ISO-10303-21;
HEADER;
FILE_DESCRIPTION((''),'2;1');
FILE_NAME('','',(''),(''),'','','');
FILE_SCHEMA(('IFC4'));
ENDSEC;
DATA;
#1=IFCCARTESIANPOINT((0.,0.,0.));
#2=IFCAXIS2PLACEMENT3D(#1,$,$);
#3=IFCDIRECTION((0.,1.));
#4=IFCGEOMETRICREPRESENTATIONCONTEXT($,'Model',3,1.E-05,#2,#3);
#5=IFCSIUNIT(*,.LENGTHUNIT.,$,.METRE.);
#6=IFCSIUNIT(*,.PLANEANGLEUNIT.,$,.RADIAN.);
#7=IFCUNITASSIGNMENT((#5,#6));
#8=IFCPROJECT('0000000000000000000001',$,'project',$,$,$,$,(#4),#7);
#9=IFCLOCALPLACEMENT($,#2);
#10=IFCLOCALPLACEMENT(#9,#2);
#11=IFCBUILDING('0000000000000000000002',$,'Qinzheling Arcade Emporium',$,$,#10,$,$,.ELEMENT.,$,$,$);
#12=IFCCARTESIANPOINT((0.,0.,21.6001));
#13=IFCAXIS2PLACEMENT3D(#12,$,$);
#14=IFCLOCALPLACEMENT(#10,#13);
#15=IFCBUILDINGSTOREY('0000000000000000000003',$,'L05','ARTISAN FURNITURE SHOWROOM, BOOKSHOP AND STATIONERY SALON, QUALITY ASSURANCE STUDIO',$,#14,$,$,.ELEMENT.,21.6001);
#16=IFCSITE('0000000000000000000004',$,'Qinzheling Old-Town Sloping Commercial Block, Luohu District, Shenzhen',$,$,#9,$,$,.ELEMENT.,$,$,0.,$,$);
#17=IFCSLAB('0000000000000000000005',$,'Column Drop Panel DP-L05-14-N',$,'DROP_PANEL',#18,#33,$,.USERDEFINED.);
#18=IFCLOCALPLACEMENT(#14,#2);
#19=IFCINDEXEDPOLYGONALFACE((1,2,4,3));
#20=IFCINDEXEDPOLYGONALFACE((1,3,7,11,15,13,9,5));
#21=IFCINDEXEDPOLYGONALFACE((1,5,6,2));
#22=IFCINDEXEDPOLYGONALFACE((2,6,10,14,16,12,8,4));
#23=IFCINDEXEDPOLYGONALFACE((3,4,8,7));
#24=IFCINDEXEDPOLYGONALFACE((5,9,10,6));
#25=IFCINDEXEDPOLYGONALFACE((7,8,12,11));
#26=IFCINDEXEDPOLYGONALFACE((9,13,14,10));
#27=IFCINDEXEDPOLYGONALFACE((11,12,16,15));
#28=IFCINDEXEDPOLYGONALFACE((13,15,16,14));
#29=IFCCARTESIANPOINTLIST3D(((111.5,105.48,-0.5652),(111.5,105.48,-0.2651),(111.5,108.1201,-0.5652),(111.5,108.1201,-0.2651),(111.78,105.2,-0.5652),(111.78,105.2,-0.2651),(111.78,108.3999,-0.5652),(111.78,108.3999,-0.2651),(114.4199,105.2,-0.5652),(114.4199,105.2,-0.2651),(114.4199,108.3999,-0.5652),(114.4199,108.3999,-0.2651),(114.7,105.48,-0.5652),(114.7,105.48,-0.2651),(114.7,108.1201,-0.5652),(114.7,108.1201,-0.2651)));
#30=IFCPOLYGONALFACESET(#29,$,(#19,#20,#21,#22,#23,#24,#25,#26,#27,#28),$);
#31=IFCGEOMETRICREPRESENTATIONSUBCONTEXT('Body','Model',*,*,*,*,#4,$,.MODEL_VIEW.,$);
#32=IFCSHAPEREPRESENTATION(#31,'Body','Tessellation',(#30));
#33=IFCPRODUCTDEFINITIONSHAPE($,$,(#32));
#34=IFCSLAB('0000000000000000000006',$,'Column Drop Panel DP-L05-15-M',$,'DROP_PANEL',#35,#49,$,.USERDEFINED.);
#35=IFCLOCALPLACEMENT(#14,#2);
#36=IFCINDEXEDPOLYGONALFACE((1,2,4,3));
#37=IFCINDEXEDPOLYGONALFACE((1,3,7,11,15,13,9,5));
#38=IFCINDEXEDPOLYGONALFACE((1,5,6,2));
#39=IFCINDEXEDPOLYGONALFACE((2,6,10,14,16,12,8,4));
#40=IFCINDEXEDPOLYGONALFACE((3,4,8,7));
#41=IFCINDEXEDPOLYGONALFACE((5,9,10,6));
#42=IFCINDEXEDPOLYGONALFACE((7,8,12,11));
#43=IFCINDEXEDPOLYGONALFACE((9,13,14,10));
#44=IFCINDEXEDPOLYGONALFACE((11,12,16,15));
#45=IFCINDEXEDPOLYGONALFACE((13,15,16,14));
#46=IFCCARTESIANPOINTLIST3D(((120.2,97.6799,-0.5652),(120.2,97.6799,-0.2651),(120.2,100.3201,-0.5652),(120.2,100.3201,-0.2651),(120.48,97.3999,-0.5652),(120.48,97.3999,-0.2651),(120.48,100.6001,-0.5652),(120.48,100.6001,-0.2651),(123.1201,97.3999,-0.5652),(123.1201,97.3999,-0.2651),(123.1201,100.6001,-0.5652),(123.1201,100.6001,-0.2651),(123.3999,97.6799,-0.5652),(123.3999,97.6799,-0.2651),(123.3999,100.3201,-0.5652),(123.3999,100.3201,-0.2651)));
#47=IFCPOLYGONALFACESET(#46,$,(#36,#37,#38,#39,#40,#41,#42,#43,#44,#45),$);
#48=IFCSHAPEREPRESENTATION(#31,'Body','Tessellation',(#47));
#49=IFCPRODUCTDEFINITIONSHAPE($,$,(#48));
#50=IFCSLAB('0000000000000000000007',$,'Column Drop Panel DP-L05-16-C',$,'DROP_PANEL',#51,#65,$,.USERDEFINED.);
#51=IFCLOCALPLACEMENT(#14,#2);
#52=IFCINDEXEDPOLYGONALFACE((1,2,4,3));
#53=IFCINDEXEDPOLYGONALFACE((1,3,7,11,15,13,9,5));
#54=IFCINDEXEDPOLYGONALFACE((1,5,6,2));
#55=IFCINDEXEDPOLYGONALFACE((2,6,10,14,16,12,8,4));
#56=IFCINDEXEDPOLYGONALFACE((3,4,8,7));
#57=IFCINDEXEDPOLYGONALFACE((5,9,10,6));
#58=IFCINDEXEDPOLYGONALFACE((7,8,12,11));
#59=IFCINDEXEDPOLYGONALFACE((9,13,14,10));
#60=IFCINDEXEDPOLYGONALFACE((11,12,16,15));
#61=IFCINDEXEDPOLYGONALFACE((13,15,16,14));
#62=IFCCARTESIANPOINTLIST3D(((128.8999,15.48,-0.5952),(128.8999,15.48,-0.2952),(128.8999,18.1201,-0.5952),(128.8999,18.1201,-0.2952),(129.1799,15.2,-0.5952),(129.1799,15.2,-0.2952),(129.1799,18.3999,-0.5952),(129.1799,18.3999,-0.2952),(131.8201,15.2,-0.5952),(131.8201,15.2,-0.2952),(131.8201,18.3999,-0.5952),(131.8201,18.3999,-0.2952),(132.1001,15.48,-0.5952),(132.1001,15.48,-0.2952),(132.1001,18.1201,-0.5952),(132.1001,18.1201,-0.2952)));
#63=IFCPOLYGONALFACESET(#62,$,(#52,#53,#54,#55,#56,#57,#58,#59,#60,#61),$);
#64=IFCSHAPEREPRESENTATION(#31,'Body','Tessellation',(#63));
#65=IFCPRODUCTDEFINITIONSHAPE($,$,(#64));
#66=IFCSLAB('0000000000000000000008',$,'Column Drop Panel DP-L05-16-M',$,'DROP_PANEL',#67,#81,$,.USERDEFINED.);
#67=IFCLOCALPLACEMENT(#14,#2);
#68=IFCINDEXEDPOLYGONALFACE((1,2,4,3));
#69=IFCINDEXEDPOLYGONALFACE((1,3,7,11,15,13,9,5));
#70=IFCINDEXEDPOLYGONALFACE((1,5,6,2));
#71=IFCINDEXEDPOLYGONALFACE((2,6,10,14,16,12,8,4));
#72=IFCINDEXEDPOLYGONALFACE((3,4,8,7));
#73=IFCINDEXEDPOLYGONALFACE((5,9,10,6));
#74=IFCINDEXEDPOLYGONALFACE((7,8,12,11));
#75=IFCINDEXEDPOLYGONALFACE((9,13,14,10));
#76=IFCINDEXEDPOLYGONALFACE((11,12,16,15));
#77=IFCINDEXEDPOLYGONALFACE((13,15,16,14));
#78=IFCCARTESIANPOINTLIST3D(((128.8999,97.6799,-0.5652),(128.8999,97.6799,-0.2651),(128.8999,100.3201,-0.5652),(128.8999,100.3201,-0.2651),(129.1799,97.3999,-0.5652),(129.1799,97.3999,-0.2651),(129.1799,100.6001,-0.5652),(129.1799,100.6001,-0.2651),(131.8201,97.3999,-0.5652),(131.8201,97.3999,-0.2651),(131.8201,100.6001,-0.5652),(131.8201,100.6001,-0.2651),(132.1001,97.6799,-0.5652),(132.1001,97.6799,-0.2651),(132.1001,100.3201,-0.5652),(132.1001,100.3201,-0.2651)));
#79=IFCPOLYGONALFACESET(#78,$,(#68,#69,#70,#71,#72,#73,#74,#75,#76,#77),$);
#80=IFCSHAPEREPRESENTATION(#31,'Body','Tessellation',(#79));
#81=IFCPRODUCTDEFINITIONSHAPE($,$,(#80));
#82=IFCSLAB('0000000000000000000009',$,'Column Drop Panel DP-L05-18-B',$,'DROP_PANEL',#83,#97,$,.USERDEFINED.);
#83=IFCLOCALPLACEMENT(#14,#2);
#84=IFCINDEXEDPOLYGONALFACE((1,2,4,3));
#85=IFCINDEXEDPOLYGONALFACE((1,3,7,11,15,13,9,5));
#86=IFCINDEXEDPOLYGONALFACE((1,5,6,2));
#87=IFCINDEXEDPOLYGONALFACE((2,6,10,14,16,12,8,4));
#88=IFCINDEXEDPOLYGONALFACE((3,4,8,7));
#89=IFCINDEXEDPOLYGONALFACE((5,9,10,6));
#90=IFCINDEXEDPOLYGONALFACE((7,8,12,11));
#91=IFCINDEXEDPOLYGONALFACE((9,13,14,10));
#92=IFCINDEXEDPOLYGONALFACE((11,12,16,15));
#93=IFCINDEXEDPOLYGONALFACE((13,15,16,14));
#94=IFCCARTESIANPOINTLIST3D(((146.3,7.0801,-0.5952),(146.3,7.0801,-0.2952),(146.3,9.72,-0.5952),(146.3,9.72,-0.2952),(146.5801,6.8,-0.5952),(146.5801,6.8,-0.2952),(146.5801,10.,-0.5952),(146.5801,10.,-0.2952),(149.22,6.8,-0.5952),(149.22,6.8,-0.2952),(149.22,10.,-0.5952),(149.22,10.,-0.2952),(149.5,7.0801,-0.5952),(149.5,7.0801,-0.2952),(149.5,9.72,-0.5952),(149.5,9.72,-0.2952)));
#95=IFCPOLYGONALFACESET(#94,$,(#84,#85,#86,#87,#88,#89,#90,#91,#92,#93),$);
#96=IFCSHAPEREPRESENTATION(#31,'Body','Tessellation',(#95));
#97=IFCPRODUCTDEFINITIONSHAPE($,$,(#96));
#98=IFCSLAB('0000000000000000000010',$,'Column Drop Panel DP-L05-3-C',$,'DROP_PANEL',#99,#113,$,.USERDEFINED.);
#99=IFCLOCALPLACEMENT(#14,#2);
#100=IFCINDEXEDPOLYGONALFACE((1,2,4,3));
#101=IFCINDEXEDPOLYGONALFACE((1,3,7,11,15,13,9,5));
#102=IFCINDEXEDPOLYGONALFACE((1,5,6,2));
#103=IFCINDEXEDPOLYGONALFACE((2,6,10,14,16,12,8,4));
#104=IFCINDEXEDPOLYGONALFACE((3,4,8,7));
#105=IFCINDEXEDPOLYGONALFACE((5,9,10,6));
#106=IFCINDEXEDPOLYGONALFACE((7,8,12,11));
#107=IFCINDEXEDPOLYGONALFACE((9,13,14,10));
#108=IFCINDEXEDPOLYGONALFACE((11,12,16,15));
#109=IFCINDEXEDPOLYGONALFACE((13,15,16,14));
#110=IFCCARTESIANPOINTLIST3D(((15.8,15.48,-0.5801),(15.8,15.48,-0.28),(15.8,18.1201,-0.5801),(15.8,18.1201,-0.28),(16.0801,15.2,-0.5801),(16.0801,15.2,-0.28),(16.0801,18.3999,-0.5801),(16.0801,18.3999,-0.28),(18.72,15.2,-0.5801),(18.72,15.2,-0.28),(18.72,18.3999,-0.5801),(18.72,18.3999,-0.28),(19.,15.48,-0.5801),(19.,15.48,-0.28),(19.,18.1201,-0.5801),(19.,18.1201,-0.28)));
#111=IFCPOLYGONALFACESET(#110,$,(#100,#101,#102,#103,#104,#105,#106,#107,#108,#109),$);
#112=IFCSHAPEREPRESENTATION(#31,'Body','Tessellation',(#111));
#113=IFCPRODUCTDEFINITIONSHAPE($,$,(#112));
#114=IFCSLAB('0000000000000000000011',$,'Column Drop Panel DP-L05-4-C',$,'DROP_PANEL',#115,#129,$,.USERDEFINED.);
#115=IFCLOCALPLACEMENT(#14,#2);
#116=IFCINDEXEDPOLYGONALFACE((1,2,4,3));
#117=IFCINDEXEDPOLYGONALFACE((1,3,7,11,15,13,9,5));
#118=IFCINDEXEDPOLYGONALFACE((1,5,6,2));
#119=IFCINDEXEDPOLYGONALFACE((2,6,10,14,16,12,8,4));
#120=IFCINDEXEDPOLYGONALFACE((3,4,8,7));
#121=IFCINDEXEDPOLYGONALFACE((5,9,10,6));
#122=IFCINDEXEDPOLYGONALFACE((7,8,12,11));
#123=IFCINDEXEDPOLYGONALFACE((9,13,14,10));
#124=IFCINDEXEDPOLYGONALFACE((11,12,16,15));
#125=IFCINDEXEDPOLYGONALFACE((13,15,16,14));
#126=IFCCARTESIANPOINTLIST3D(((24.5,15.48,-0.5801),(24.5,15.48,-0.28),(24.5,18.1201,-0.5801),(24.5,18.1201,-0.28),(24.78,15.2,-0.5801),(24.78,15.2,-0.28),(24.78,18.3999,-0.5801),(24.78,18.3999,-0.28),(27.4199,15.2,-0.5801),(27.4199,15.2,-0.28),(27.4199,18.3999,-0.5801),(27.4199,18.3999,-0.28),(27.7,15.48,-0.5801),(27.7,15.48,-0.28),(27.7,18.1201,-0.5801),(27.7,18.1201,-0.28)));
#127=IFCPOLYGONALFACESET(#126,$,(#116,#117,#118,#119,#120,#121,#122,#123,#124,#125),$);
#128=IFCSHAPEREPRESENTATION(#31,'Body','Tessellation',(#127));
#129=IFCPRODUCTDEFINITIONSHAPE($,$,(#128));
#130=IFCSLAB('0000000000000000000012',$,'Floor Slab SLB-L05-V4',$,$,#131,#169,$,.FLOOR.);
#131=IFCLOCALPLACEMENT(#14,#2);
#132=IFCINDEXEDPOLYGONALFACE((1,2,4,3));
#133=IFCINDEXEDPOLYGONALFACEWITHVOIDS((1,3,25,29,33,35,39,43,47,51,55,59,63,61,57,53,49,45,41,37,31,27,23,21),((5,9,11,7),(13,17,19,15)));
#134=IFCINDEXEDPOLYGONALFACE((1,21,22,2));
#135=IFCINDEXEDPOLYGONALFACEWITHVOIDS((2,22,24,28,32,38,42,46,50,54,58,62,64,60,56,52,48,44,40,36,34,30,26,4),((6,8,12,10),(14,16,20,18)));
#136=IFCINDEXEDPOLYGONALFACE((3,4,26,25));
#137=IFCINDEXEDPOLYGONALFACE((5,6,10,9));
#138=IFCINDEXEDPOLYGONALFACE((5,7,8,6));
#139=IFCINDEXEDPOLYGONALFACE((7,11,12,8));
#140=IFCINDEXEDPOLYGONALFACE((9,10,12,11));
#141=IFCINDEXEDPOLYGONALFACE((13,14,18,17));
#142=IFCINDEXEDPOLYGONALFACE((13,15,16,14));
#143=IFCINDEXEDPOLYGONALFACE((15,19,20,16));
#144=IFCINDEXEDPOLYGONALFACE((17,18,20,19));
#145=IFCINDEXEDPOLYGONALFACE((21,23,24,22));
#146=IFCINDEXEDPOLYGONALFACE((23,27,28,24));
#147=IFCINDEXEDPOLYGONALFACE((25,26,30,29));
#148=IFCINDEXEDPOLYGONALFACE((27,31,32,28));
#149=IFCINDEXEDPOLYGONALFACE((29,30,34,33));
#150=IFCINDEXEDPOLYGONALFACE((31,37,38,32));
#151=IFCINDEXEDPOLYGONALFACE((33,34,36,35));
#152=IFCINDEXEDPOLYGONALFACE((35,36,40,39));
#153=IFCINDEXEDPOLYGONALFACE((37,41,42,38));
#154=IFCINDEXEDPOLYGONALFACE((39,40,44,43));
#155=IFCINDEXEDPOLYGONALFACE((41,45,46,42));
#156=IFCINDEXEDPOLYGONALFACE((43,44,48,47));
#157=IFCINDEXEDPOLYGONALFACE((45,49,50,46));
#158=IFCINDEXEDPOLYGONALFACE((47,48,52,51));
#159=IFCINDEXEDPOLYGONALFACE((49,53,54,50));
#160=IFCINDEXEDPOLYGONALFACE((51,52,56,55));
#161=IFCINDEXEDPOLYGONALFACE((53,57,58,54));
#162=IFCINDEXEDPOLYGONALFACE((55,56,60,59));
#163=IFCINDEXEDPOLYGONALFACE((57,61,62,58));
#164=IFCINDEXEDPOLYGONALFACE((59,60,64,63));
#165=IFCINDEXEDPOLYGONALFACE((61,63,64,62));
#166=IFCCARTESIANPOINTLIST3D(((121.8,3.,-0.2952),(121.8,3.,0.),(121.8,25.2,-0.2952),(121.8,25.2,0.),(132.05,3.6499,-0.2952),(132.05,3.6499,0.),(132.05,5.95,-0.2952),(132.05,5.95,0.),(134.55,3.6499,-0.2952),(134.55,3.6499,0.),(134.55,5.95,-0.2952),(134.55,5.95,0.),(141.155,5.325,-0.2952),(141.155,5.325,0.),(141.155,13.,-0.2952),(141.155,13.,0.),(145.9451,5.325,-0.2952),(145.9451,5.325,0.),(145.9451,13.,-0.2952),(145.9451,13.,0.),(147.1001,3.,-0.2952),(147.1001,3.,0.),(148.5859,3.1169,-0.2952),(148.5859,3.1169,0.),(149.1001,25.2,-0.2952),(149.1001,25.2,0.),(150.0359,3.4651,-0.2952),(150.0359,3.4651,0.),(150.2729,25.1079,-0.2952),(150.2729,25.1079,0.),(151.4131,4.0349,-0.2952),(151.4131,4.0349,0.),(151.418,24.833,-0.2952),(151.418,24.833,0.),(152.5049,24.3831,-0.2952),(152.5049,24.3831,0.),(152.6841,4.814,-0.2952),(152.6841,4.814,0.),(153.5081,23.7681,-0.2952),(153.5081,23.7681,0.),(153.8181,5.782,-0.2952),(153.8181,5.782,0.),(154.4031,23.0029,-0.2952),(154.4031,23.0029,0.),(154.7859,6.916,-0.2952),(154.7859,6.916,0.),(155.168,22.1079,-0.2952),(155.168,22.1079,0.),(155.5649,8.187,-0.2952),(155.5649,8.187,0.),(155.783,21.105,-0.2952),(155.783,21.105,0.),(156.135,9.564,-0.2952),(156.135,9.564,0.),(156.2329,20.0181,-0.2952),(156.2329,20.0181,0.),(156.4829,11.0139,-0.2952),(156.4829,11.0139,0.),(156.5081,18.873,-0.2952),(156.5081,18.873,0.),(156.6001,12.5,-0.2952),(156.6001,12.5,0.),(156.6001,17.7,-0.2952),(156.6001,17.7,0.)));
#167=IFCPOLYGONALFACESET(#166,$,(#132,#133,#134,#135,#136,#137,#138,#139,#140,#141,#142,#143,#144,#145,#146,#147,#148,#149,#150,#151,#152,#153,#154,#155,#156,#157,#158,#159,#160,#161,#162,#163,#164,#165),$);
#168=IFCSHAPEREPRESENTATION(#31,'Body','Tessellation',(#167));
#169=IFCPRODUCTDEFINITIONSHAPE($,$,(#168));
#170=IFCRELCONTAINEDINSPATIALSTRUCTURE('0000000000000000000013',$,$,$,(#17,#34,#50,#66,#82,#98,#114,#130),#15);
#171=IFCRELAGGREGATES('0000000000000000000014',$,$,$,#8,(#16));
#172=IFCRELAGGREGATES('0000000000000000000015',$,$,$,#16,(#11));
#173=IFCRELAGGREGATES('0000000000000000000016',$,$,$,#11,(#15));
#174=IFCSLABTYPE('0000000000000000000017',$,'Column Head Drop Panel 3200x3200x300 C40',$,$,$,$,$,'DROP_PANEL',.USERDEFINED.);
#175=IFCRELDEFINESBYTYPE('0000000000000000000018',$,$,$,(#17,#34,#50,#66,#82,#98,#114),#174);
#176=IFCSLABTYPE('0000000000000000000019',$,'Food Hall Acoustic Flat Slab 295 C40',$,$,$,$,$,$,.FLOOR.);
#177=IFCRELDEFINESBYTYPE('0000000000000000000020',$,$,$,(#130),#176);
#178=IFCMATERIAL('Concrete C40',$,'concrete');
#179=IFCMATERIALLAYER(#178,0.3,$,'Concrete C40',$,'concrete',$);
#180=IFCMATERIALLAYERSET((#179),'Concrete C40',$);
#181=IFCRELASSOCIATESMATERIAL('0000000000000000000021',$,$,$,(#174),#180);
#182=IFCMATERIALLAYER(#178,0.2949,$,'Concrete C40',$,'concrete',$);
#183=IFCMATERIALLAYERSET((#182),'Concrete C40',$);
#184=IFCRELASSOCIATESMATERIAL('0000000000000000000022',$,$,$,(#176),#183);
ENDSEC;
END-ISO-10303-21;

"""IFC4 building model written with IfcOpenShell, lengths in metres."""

from ifc_helpers import new_model, si_unit, direction, frame, origin, place, context, subcontext, project, spatial, polyline, outline, extrude, material, layer, layer_set, type_object, element, save


model = new_model("IFC4")

# Units and contexts
model_context = context("Model", 3, precision=1e-05, world=origin(), true_north=direction((0.0, 1.0)))
body_context = subcontext(model_context, "Body", "Model", "MODEL_VIEW")
ifc_project = project(units=[si_unit("LENGTHUNIT", "METRE"), si_unit("PLANEANGLEUNIT", "RADIAN")], contexts=[model_context])

# Site, building, storey
site_placement = place(None, origin())
site = spatial("IfcSite", under=ifc_project, at=site_placement, Name="Qinzheling Old-Town Sloping Commercial Block, Luohu District, Shenzhen", CompositionType="ELEMENT", RefElevation=0.0)
building_placement = place(site_placement, origin())
building = spatial("IfcBuilding", under=site, at=building_placement, Name="Qinzheling Arcade Emporium", CompositionType="ELEMENT")
storey_placement = place(building_placement, frame((0.0, 0.0, 21.6001)))
storey = spatial("IfcBuildingStorey", under=building, at=storey_placement, Name="L05", Description="ARTISAN FURNITURE SHOWROOM, BOOKSHOP AND STATIONERY SALON, QUALITY ASSURANCE STUDIO", CompositionType="ELEMENT", Elevation=21.6001)

# Slabs
ifc_material = material(Name="Concrete C40", Category="concrete")
ifc_layer_1 = layer(ifc_material, 0.3, Name="Concrete C40", Category="concrete")
ifc_layer_set_1 = layer_set([ifc_layer_1], Name="Concrete C40")
slab_type_1 = type_object("IfcSlabType", Name="Column Head Drop Panel 3200x3200x300 C40", ElementType="DROP_PANEL", PredefinedType="USERDEFINED", material=ifc_layer_set_1)
slab_1_placement = place(storey_placement, frame((0.0, 0.0, -0.5652)))
element("IfcSlab", 1, at=slab_1_placement, inside=storey, type_object=slab_type_1, Name="Column Drop Panel DP-L05-14-N", ObjectType="DROP_PANEL", PredefinedType="USERDEFINED", context=body_context, shape_type="SweptSolid", body=[
    extrude(outline(polyline([(111.78, 105.2), (114.4199, 105.2), (114.7, 105.48), (114.7, 108.1201), (114.4199, 108.3999), (111.78, 108.3999), (111.5, 108.1201), (111.5, 105.48), (111.78, 105.2)])), origin(), (0.0, 0.0, 1.0), 0.3),
])
slab_2_placement = place(storey_placement, frame((0.0, 0.0, -0.5652)))
element("IfcSlab", 2, at=slab_2_placement, inside=storey, type_object=slab_type_1, Name="Column Drop Panel DP-L05-15-M", ObjectType="DROP_PANEL", PredefinedType="USERDEFINED", context=body_context, shape_type="SweptSolid", body=[
    extrude(outline(polyline([(120.48, 97.3999), (123.1201, 97.3999), (123.3999, 97.6799), (123.3999, 100.3201), (123.1201, 100.6001), (120.48, 100.6001), (120.2, 100.3201), (120.2, 97.6799), (120.48, 97.3999)])), origin(), (0.0, 0.0, 1.0), 0.3),
])
slab_3_placement = place(storey_placement, frame((0.0, 0.0, -0.5952)))
element("IfcSlab", 3, at=slab_3_placement, inside=storey, type_object=slab_type_1, Name="Column Drop Panel DP-L05-16-C", ObjectType="DROP_PANEL", PredefinedType="USERDEFINED", context=body_context, shape_type="SweptSolid", body=[
    extrude(outline(polyline([(129.1799, 15.2), (131.8201, 15.2), (132.1001, 15.48), (132.1001, 18.1201), (131.8201, 18.3999), (129.1799, 18.3999), (128.8999, 18.1201), (128.8999, 15.48), (129.1799, 15.2)])), origin(), (0.0, 0.0, 1.0), 0.3),
])
slab_4_placement = place(storey_placement, frame((0.0, 0.0, -0.5652)))
element("IfcSlab", 4, at=slab_4_placement, inside=storey, type_object=slab_type_1, Name="Column Drop Panel DP-L05-16-M", ObjectType="DROP_PANEL", PredefinedType="USERDEFINED", context=body_context, shape_type="SweptSolid", body=[
    extrude(outline(polyline([(129.1799, 97.3999), (131.8201, 97.3999), (132.1001, 97.6799), (132.1001, 100.3201), (131.8201, 100.6001), (129.1799, 100.6001), (128.8999, 100.3201), (128.8999, 97.6799), (129.1799, 97.3999)])), origin(), (0.0, 0.0, 1.0), 0.3),
])
slab_5_placement = place(storey_placement, frame((0.0, 0.0, -0.5952)))
element("IfcSlab", 5, at=slab_5_placement, inside=storey, type_object=slab_type_1, Name="Column Drop Panel DP-L05-18-B", ObjectType="DROP_PANEL", PredefinedType="USERDEFINED", context=body_context, shape_type="SweptSolid", body=[
    extrude(outline(polyline([(146.5801, 6.8), (149.22, 6.8), (149.5, 7.0801), (149.5, 9.72), (149.22, 10.0), (146.5801, 10.0), (146.3, 9.72), (146.3, 7.0801), (146.5801, 6.8)])), origin(), (0.0, 0.0, 1.0), 0.3),
])
slab_6_placement = place(storey_placement, frame((0.0, 0.0, -0.5801)))
element("IfcSlab", 6, at=slab_6_placement, inside=storey, type_object=slab_type_1, Name="Column Drop Panel DP-L05-3-C", ObjectType="DROP_PANEL", PredefinedType="USERDEFINED", context=body_context, shape_type="SweptSolid", body=[
    extrude(outline(polyline([(16.0801, 15.2), (18.72, 15.2), (19.0, 15.48), (19.0, 18.1201), (18.72, 18.3999), (16.0801, 18.3999), (15.8, 18.1201), (15.8, 15.48), (16.0801, 15.2)])), origin(), (0.0, 0.0, 1.0), 0.3),
])
slab_7_placement = place(storey_placement, frame((0.0, 0.0, -0.5801)))
element("IfcSlab", 7, at=slab_7_placement, inside=storey, type_object=slab_type_1, Name="Column Drop Panel DP-L05-4-C", ObjectType="DROP_PANEL", PredefinedType="USERDEFINED", context=body_context, shape_type="SweptSolid", body=[
    extrude(outline(polyline([(24.78, 15.2), (27.4199, 15.2), (27.7, 15.48), (27.7, 18.1201), (27.4199, 18.3999), (24.78, 18.3999), (24.5, 18.1201), (24.5, 15.48), (24.78, 15.2)])), origin(), (0.0, 0.0, 1.0), 0.3),
])
ifc_layer_2 = layer(ifc_material, 0.2949, Name="Concrete C40", Category="concrete")
ifc_layer_set_2 = layer_set([ifc_layer_2], Name="Concrete C40")
slab_type_2 = type_object("IfcSlabType", Name="Food Hall Acoustic Flat Slab 295 C40", PredefinedType="FLOOR", material=ifc_layer_set_2)
slab_8_placement = place(storey_placement, frame((0.0, 0.0, -0.2952)))
element("IfcSlab", 8, at=slab_8_placement, inside=storey, type_object=slab_type_2, Name="Floor Slab SLB-L05-V4", PredefinedType="FLOOR", context=body_context, shape_type="SweptSolid", body=[
    extrude(outline(polyline([(121.8, 25.2), (121.8, 3.0), (147.1001, 3.0), (148.5859, 3.1169), (150.0359, 3.4651), (151.4131, 4.0349), (152.6841, 4.814), (153.8181, 5.782), (154.7859, 6.916), (155.5649, 8.187), (156.135, 9.564), (156.4829, 11.0139), (156.6001, 12.5), (156.6001, 17.7), (156.5081, 18.873), (156.2329, 20.0181), (155.783, 21.105), (155.168, 22.1079), (154.4031, 23.0029), (153.5081, 23.7681), (152.5049, 24.3831), (151.418, 24.833), (150.2729, 25.1079), (149.1001, 25.2), (121.8, 25.2)]), holes=[polyline([(145.9451, 5.325), (141.155, 5.325), (141.155, 13.0), (145.9451, 13.0), (145.9451, 5.325)]), polyline([(134.55, 3.6499), (132.05, 3.6499), (132.05, 5.95), (134.55, 5.95), (134.55, 3.6499)])]), origin(), (0.0, 0.0, 1.0), 0.2952),
])

save(model, "model.ifc")
